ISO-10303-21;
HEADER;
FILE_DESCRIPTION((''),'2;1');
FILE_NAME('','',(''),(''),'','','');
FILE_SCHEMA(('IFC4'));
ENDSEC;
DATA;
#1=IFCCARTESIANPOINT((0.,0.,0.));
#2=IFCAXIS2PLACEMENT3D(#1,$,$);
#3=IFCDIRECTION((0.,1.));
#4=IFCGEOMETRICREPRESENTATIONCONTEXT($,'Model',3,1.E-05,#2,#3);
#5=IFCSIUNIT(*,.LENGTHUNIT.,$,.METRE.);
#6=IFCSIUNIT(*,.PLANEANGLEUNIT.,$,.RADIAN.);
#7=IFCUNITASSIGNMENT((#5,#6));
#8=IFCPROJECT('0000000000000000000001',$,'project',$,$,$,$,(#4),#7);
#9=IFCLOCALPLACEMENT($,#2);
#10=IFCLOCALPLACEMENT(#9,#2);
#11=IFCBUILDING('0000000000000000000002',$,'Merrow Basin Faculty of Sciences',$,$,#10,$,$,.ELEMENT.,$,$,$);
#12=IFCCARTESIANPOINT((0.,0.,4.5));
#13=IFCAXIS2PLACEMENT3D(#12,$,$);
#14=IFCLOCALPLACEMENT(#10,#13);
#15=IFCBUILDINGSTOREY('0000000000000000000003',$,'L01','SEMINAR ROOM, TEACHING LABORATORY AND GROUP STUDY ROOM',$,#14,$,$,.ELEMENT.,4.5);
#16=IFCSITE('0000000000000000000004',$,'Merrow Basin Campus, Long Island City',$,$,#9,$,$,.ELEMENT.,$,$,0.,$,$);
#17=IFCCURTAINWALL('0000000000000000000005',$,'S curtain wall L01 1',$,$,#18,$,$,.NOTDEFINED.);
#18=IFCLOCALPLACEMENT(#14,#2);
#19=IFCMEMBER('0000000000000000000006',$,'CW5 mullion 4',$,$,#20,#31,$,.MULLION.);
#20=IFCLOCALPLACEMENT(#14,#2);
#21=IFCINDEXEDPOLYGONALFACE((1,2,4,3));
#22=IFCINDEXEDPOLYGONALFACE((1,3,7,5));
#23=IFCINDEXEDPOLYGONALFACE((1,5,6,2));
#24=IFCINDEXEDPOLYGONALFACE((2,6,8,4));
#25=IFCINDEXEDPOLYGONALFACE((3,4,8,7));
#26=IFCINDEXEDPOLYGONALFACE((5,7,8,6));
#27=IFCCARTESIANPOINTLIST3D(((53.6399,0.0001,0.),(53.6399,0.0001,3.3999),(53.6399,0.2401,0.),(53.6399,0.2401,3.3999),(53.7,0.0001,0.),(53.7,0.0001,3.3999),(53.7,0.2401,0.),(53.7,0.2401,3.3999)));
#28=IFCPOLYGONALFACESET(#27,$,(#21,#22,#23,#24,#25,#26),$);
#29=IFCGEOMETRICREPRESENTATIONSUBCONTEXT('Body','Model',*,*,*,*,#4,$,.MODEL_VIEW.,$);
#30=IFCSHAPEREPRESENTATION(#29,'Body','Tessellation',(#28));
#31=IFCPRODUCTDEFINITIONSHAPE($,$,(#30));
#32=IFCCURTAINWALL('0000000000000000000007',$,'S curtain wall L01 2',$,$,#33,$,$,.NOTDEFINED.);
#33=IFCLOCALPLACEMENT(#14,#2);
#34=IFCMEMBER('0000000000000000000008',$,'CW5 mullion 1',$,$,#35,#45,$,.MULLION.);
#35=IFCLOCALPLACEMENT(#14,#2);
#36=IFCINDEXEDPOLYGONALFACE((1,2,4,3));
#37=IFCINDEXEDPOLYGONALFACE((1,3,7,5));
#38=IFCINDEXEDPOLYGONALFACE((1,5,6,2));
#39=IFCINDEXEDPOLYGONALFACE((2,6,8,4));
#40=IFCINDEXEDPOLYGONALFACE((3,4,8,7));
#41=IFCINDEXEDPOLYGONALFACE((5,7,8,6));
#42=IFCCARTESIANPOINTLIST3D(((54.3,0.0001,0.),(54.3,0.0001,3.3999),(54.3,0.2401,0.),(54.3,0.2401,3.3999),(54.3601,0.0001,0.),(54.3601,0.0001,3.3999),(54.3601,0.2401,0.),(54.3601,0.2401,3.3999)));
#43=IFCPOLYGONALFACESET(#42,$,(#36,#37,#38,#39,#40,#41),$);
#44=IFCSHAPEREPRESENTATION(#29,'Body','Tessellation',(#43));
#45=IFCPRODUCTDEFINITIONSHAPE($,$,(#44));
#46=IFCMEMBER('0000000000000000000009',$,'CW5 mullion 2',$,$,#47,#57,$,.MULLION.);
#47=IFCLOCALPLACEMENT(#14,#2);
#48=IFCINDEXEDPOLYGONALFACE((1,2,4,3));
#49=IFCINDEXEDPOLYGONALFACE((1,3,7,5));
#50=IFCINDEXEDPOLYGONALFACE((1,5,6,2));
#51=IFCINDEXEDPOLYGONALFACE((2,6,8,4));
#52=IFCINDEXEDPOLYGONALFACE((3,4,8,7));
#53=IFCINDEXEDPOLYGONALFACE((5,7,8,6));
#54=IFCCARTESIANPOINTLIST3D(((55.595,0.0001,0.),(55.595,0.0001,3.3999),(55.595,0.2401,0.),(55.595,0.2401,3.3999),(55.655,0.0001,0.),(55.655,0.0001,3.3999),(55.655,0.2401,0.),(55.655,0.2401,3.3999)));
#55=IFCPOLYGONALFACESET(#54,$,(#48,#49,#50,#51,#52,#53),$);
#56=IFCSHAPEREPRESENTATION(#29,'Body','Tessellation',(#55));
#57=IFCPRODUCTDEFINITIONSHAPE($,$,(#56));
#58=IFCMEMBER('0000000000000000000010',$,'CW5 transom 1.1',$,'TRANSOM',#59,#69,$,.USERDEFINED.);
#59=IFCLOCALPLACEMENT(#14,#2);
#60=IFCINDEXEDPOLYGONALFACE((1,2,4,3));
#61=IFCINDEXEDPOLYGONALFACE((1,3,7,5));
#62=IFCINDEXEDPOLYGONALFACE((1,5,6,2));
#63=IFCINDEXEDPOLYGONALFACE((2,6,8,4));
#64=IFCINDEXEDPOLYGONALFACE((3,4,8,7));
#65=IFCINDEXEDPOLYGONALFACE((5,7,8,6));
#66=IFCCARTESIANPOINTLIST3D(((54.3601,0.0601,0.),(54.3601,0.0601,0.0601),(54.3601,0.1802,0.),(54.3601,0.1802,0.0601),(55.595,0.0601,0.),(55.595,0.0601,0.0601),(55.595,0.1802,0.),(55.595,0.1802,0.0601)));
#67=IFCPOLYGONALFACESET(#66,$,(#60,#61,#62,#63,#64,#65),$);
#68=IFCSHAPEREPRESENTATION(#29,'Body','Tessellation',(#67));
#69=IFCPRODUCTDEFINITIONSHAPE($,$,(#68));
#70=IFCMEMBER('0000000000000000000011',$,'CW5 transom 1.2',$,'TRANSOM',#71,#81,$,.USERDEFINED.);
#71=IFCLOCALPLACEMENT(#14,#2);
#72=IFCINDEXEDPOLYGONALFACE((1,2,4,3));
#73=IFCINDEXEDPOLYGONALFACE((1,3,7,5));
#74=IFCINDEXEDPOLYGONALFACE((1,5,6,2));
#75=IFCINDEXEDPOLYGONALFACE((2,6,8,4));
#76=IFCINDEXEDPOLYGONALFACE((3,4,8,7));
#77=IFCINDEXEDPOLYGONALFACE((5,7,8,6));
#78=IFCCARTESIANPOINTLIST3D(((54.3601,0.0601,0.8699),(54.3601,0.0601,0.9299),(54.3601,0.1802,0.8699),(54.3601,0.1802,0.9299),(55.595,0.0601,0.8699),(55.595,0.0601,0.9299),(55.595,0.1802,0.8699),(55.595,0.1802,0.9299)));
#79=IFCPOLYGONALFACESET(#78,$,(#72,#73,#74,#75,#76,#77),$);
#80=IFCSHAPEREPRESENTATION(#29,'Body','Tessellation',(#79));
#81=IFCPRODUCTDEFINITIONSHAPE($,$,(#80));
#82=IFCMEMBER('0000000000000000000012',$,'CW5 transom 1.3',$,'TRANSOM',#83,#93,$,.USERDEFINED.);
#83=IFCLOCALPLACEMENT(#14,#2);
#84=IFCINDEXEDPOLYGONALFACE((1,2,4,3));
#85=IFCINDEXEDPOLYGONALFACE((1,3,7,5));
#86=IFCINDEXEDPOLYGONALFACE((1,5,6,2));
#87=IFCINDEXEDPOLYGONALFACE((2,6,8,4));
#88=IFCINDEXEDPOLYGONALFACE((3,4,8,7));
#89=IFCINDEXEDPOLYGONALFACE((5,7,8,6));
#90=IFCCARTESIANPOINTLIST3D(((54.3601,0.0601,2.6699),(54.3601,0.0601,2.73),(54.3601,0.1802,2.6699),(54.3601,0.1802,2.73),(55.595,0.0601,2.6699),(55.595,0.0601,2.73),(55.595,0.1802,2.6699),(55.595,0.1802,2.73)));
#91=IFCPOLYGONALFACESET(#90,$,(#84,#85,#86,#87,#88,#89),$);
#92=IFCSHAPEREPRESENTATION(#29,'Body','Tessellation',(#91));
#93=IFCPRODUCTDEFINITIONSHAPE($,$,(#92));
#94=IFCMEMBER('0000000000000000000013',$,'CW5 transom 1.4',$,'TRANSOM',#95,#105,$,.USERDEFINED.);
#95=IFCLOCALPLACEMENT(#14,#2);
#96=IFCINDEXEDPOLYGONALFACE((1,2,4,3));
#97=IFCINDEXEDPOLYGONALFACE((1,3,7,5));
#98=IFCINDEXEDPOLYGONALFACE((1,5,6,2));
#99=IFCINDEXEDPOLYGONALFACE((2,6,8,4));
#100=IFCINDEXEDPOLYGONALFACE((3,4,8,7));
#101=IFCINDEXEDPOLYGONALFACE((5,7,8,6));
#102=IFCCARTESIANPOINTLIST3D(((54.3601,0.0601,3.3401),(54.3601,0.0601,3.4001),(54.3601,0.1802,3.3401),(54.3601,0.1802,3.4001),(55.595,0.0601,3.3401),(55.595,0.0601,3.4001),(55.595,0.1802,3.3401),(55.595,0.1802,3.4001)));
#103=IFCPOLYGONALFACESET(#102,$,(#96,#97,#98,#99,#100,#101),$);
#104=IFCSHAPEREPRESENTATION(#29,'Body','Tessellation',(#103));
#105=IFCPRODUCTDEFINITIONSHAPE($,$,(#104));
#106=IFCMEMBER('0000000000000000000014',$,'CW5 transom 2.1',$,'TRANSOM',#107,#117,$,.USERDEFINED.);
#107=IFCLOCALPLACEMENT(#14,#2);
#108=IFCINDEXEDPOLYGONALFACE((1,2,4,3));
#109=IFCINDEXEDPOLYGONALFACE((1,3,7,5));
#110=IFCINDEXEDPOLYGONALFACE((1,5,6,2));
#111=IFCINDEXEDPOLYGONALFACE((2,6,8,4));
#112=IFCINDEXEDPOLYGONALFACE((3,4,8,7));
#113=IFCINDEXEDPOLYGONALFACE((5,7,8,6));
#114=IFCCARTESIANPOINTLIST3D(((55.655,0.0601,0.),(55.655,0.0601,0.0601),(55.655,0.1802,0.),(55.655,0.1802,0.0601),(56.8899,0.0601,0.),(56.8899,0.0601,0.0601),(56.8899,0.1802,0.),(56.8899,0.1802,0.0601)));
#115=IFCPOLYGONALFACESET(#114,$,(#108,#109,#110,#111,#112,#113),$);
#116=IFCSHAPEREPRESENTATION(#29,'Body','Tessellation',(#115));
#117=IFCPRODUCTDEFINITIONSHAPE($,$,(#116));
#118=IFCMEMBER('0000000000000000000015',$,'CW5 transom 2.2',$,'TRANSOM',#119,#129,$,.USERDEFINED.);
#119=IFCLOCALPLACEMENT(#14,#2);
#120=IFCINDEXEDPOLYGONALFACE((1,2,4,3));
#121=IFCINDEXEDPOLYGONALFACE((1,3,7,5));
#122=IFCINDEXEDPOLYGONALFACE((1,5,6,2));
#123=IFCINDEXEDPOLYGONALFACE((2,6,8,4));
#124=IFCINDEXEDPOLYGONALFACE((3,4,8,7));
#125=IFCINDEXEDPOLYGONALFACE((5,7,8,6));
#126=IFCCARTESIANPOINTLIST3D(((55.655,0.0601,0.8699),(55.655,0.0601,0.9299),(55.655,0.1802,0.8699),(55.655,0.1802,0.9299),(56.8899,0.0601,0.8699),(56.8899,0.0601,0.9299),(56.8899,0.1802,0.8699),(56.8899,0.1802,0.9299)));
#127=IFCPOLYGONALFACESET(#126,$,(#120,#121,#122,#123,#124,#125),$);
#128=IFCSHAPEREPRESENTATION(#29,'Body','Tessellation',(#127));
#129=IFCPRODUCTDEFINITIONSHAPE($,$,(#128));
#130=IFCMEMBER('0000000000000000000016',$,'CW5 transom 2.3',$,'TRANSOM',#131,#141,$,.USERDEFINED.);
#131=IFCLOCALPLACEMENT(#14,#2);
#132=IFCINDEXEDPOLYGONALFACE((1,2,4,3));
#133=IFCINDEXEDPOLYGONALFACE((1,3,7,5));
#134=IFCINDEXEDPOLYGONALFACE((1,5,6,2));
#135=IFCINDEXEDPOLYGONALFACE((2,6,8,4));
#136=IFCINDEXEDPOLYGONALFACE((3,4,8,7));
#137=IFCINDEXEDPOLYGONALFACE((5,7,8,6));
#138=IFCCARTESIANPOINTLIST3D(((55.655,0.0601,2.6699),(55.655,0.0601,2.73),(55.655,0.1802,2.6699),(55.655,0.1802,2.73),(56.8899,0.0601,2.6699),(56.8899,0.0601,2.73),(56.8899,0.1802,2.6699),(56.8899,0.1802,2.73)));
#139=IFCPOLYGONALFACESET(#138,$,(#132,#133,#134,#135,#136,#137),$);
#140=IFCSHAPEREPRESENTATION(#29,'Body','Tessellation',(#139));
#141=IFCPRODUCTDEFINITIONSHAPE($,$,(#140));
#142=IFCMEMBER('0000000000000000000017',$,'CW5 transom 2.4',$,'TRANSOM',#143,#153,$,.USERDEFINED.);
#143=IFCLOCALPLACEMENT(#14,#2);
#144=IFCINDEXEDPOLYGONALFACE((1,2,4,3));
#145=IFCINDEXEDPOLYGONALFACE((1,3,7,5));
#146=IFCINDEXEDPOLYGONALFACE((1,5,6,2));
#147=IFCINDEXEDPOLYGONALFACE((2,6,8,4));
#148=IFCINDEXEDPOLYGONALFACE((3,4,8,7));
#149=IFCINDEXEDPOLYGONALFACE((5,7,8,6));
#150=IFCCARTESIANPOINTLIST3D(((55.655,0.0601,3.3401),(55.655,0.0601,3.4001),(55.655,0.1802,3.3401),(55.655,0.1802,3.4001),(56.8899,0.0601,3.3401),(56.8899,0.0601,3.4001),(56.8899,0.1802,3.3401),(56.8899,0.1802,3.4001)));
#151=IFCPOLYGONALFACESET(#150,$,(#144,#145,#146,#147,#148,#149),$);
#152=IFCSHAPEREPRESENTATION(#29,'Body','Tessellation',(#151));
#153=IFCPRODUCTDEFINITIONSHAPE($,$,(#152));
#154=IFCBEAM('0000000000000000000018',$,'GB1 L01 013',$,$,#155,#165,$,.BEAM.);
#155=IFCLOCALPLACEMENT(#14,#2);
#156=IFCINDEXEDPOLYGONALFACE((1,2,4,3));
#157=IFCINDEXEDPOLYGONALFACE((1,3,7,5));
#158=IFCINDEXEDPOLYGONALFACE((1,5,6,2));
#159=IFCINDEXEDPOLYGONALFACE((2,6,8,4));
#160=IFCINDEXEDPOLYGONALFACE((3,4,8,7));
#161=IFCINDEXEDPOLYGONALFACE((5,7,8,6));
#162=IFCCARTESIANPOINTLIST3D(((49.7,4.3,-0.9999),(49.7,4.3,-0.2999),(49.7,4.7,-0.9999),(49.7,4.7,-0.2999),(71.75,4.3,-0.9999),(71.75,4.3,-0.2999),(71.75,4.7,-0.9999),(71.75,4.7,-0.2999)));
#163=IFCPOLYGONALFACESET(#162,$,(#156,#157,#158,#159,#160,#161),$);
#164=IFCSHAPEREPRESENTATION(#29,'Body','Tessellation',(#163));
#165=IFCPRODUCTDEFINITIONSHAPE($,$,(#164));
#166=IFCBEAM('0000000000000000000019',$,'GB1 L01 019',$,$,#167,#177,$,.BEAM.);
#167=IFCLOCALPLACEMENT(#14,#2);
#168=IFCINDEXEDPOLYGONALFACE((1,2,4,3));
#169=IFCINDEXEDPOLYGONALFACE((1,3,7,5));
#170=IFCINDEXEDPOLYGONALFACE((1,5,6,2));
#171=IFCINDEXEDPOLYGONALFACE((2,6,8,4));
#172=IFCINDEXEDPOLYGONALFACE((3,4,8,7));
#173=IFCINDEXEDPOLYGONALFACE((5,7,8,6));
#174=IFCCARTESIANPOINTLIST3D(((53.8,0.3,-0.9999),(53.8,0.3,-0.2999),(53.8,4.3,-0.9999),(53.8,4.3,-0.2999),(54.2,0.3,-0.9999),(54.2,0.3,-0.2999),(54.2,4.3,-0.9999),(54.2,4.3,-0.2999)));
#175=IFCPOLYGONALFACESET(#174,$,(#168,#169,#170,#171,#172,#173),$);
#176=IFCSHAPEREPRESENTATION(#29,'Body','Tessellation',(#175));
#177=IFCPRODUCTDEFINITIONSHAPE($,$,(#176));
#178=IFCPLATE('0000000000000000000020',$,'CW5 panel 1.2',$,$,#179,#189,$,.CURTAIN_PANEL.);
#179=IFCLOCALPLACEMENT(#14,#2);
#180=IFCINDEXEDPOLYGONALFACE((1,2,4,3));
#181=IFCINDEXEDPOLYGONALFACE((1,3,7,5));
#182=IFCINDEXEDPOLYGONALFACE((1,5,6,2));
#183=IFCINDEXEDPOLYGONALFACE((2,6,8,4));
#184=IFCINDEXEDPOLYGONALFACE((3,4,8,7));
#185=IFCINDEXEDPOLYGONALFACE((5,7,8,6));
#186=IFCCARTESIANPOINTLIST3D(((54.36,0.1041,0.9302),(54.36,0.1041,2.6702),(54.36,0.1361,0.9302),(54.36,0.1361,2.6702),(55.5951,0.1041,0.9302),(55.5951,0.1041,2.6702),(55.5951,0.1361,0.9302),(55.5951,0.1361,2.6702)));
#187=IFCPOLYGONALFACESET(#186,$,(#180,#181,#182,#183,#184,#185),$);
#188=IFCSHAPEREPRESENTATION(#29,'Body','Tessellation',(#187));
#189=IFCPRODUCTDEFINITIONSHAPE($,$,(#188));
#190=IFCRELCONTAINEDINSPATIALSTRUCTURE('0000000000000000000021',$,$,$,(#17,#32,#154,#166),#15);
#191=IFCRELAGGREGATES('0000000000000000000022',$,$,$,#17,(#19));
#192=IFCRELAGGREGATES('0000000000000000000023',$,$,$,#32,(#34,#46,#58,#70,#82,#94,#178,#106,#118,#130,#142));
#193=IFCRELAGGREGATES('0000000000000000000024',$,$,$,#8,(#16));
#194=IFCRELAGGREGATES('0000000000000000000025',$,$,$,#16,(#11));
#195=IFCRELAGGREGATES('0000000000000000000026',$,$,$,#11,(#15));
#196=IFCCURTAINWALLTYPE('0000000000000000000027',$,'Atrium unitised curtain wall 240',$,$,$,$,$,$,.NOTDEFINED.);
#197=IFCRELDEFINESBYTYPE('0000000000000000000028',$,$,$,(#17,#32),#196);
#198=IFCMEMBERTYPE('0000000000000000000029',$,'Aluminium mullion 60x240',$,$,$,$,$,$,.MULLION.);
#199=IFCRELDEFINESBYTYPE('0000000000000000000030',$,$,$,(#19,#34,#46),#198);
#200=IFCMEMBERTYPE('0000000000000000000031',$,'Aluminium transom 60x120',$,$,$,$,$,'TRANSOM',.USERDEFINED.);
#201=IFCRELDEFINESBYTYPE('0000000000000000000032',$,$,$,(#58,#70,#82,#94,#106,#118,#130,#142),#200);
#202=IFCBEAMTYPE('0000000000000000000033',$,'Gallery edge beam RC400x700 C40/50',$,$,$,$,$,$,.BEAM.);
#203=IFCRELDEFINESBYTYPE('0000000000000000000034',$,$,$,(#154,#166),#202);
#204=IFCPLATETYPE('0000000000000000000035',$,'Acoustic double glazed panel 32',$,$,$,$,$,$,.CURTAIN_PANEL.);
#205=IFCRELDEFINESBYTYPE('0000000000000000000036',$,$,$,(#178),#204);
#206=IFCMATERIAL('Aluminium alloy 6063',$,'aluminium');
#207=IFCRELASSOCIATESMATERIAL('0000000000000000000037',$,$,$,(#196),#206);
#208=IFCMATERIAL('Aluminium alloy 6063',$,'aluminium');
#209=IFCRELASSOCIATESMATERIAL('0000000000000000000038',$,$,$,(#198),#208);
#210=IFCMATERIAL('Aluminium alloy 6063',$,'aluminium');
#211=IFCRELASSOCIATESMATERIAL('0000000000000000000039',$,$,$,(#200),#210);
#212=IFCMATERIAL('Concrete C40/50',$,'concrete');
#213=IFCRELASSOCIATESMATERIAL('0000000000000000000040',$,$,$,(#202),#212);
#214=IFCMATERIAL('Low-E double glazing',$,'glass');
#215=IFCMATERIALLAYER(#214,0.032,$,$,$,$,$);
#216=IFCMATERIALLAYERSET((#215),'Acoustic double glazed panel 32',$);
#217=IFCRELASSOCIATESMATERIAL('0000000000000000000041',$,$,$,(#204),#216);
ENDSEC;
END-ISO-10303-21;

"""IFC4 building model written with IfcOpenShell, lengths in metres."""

from ifc_helpers import new_model, si_unit, direction, frame, origin, origin_2d, place, context, subcontext, project, spatial, rectangle, extrude, material, layer, layer_set, material_profile, profile_set, type_object, element, aggregate, save


model = new_model("IFC4")

# Units and contexts
model_context = context("Model", 3, precision=1e-05, world=origin(), true_north=direction((0.0, 1.0)))
body_context = subcontext(model_context, "Body", "Model", "MODEL_VIEW")
ifc_project = project(units=[si_unit("LENGTHUNIT", "METRE"), si_unit("PLANEANGLEUNIT", "RADIAN")], contexts=[model_context])

# Site, building, storey
site_placement = place(None, origin())
site = spatial("IfcSite", under=ifc_project, at=site_placement, Name="Merrow Basin Campus, Long Island City", CompositionType="ELEMENT", RefElevation=0.0)
building_placement = place(site_placement, origin())
building = spatial("IfcBuilding", under=site, at=building_placement, Name="Merrow Basin Faculty of Sciences", CompositionType="ELEMENT")
storey_placement = place(building_placement, frame((0.0, 0.0, 4.5)))
storey = spatial("IfcBuildingStorey", under=building, at=storey_placement, Name="L01", Description="SEMINAR ROOM, TEACHING LABORATORY AND GROUP STUDY ROOM", CompositionType="ELEMENT", Elevation=4.5)

# Curtain wall, member
ifc_material_1 = material(Name="Aluminium alloy 6063", Category="aluminium")
curtain_wall_type = type_object("IfcCurtainWallType", Name="Atrium unitised curtain wall 240", PredefinedType="NOTDEFINED", material=ifc_material_1)
curtain_wall_1_placement = place(storey_placement, origin())
curtain_wall_1 = element("IfcCurtainWall", 1, at=curtain_wall_1_placement, inside=storey, type_object=curtain_wall_type, Name="S curtain wall L01 1", PredefinedType="NOTDEFINED")
ifc_material_2 = material(Name="Aluminium alloy 6063", Category="aluminium")
ifc_material_profile_1 = material_profile(ifc_material_2, rectangle(XDim=0.24, YDim=0.0601, at=origin_2d()))
ifc_profile_set_1 = profile_set([ifc_material_profile_1], Name="Aluminium alloy 6063")
member_type_1 = type_object("IfcMemberType", Name="Aluminium mullion 60x240", PredefinedType="MULLION", material=ifc_profile_set_1)
member_1_placement = place(storey_placement, frame((53.6699, 0.1201, 0.0), z_axis=(0.0, 0.0, 1.0), x_axis=(0.0, 1.0, 0.0)))
member_1 = element("IfcMember", 2, at=member_1_placement, type_object=member_type_1, Name="CW5 mullion 4", PredefinedType="MULLION", context=body_context, shape_type="SweptSolid", body=[
    extrude(rectangle(XDim=0.24, YDim=0.0601, at=origin_2d()), origin(), (0.0, 0.0, 1.0), 3.3999),
])
aggregate(curtain_wall_1, [member_1])

# Curtain wall, members
curtain_wall_2_placement = place(storey_placement, origin())
curtain_wall_2 = element("IfcCurtainWall", 3, at=curtain_wall_2_placement, inside=storey, type_object=curtain_wall_type, Name="S curtain wall L01 2", PredefinedType="NOTDEFINED")
member_2_placement = place(storey_placement, frame((54.3301, 0.1201, 0.0), z_axis=(0.0, 0.0, 1.0), x_axis=(0.0, 1.0, 0.0)))
member_2 = element("IfcMember", 4, at=member_2_placement, type_object=member_type_1, Name="CW5 mullion 1", PredefinedType="MULLION", context=body_context, shape_type="SweptSolid", body=[
    extrude(rectangle(XDim=0.24, YDim=0.0601, at=origin_2d()), origin(), (0.0, 0.0, 1.0), 3.3999),
])
member_3_placement = place(storey_placement, frame((55.625, 0.1201, 0.0), z_axis=(0.0, 0.0, 1.0), x_axis=(0.0, 1.0, 0.0)))
member_3 = element("IfcMember", 5, at=member_3_placement, type_object=member_type_1, Name="CW5 mullion 2", PredefinedType="MULLION", context=body_context, shape_type="SweptSolid", body=[
    extrude(rectangle(XDim=0.24, YDim=0.0601, at=origin_2d()), origin(), (0.0, 0.0, 1.0), 3.3999),
])
ifc_material_3 = material(Name="Aluminium alloy 6063", Category="aluminium")
ifc_material_profile_2 = material_profile(ifc_material_3, rectangle(XDim=0.1201, YDim=0.0601, at=origin_2d()))
ifc_profile_set_2 = profile_set([ifc_material_profile_2], Name="Aluminium alloy 6063")
member_type_2 = type_object("IfcMemberType", Name="Aluminium transom 60x120", ElementType="TRANSOM", PredefinedType="USERDEFINED", material=ifc_profile_set_2)
member_4_placement = place(storey_placement, frame((54.3601, 0.1201, 0.03), z_axis=(1.0, 0.0, 0.0), x_axis=(0.0, 1.0, 0.0)))
member_4 = element("IfcMember", 6, at=member_4_placement, type_object=member_type_2, Name="CW5 transom 1.1", ObjectType="TRANSOM", PredefinedType="USERDEFINED", context=body_context, shape_type="SweptSolid", body=[
    extrude(rectangle(XDim=0.1201, YDim=0.0601, at=origin_2d()), origin(), (0.0, 0.0, 1.0), 1.2349),
])
member_5_placement = place(storey_placement, frame((54.3601, 0.1201, 0.8999), z_axis=(1.0, 0.0, 0.0), x_axis=(0.0, 1.0, 0.0)))
member_5 = element("IfcMember", 7, at=member_5_placement, type_object=member_type_2, Name="CW5 transom 1.2", ObjectType="TRANSOM", PredefinedType="USERDEFINED", context=body_context, shape_type="SweptSolid", body=[
    extrude(rectangle(XDim=0.1201, YDim=0.0601, at=origin_2d()), origin(), (0.0, 0.0, 1.0), 1.2349),
])
member_6_placement = place(storey_placement, frame((54.3601, 0.1201, 2.7), z_axis=(1.0, 0.0, 0.0), x_axis=(0.0, 1.0, 0.0)))
member_6 = element("IfcMember", 8, at=member_6_placement, type_object=member_type_2, Name="CW5 transom 1.3", ObjectType="TRANSOM", PredefinedType="USERDEFINED", context=body_context, shape_type="SweptSolid", body=[
    extrude(rectangle(XDim=0.1201, YDim=0.0601, at=origin_2d()), origin(), (0.0, 0.0, 1.0), 1.2349),
])
member_7_placement = place(storey_placement, frame((54.3601, 0.1201, 3.3701), z_axis=(1.0, 0.0, 0.0), x_axis=(0.0, 1.0, 0.0)))
member_7 = element("IfcMember", 9, at=member_7_placement, type_object=member_type_2, Name="CW5 transom 1.4", ObjectType="TRANSOM", PredefinedType="USERDEFINED", context=body_context, shape_type="SweptSolid", body=[
    extrude(rectangle(XDim=0.1201, YDim=0.0601, at=origin_2d()), origin(), (0.0, 0.0, 1.0), 1.2349),
])
member_8_placement = place(storey_placement, frame((55.655, 0.1201, 0.03), z_axis=(1.0, 0.0, 0.0), x_axis=(0.0, 1.0, 0.0)))
member_8 = element("IfcMember", 10, at=member_8_placement, type_object=member_type_2, Name="CW5 transom 2.1", ObjectType="TRANSOM", PredefinedType="USERDEFINED", context=body_context, shape_type="SweptSolid", body=[
    extrude(rectangle(XDim=0.1201, YDim=0.0601, at=origin_2d()), origin(), (0.0, 0.0, 1.0), 1.2349),
])
member_9_placement = place(storey_placement, frame((55.655, 0.1201, 0.8999), z_axis=(1.0, 0.0, 0.0), x_axis=(0.0, 1.0, 0.0)))
member_9 = element("IfcMember", 11, at=member_9_placement, type_object=member_type_2, Name="CW5 transom 2.2", ObjectType="TRANSOM", PredefinedType="USERDEFINED", context=body_context, shape_type="SweptSolid", body=[
    extrude(rectangle(XDim=0.1201, YDim=0.0601, at=origin_2d()), origin(), (0.0, 0.0, 1.0), 1.2349),
])
member_10_placement = place(storey_placement, frame((55.655, 0.1201, 2.7), z_axis=(1.0, 0.0, 0.0), x_axis=(0.0, 1.0, 0.0)))
member_10 = element("IfcMember", 12, at=member_10_placement, type_object=member_type_2, Name="CW5 transom 2.3", ObjectType="TRANSOM", PredefinedType="USERDEFINED", context=body_context, shape_type="SweptSolid", body=[
    extrude(rectangle(XDim=0.1201, YDim=0.0601, at=origin_2d()), origin(), (0.0, 0.0, 1.0), 1.2349),
])
member_11_placement = place(storey_placement, frame((55.655, 0.1201, 3.3701), z_axis=(1.0, 0.0, 0.0), x_axis=(0.0, 1.0, 0.0)))
member_11 = element("IfcMember", 13, at=member_11_placement, type_object=member_type_2, Name="CW5 transom 2.4", ObjectType="TRANSOM", PredefinedType="USERDEFINED", context=body_context, shape_type="SweptSolid", body=[
    extrude(rectangle(XDim=0.1201, YDim=0.0601, at=origin_2d()), origin(), (0.0, 0.0, 1.0), 1.2349),
])

# Beams
ifc_material_4 = material(Name="Concrete C40/50", Category="concrete")
ifc_material_profile_3 = material_profile(ifc_material_4, rectangle(XDim=0.3999, YDim=0.7, at=origin_2d()))
ifc_profile_set_3 = profile_set([ifc_material_profile_3], Name="Concrete C40/50")
beam_type = type_object("IfcBeamType", Name="Gallery edge beam RC400x700 C40/50", PredefinedType="BEAM", material=ifc_profile_set_3)
beam_1_placement = place(storey_placement, frame((49.7, 4.5, -0.6499), z_axis=(1.0, 0.0, 0.0), x_axis=(0.0, 1.0, 0.0)))
element("IfcBeam", 14, at=beam_1_placement, inside=storey, type_object=beam_type, Name="GB1 L01 013", PredefinedType="BEAM", context=body_context, shape_type="SweptSolid", body=[
    extrude(rectangle(XDim=0.3999, YDim=0.7, at=origin_2d()), origin(), (0.0, 0.0, 1.0), 22.05),
])
beam_2_placement = place(storey_placement, frame((54.0, 0.3, -0.6499), z_axis=(0.0, 1.0, 0.0), x_axis=(-1.0, 0.0, 0.0)))
element("IfcBeam", 15, at=beam_2_placement, inside=storey, type_object=beam_type, Name="GB1 L01 019", PredefinedType="BEAM", context=body_context, shape_type="SweptSolid", body=[
    extrude(rectangle(XDim=0.3999, YDim=0.7, at=origin_2d()), origin(), (0.0, 0.0, 1.0), 4.0),
])

# Plate
ifc_material_5 = material(Name="Low-E double glazing", Category="glass")
ifc_layer_1 = layer(ifc_material_5, 0.032)
ifc_layer_set_1 = layer_set([ifc_layer_1], Name="Acoustic double glazed panel 32")
plate_type_1 = type_object("IfcPlateType", Name="Acoustic double glazed panel 32", PredefinedType="CURTAIN_PANEL", material=ifc_layer_set_1)
plate_1_placement = place(storey_placement, frame((54.9775, 0.1201, 0.9302), z_axis=(0.0, 0.0, 1.0), x_axis=(1.0, 0.0, 0.0)))
plate_1 = element("IfcPlate", 16, at=plate_1_placement, type_object=plate_type_1, Name="CW5 panel 1.2", PredefinedType="CURTAIN_PANEL", context=body_context, shape_type="SweptSolid", body=[
    extrude(rectangle(XDim=1.2351, YDim=0.032, at=origin_2d()), origin(), (0.0, 0.0, 1.0), 1.74),
])
aggregate(curtain_wall_2, [member_2, member_3, member_4, member_5, member_6, member_7, plate_1, member_8, member_9, member_10, member_11])

save(model, "model.ifc")
